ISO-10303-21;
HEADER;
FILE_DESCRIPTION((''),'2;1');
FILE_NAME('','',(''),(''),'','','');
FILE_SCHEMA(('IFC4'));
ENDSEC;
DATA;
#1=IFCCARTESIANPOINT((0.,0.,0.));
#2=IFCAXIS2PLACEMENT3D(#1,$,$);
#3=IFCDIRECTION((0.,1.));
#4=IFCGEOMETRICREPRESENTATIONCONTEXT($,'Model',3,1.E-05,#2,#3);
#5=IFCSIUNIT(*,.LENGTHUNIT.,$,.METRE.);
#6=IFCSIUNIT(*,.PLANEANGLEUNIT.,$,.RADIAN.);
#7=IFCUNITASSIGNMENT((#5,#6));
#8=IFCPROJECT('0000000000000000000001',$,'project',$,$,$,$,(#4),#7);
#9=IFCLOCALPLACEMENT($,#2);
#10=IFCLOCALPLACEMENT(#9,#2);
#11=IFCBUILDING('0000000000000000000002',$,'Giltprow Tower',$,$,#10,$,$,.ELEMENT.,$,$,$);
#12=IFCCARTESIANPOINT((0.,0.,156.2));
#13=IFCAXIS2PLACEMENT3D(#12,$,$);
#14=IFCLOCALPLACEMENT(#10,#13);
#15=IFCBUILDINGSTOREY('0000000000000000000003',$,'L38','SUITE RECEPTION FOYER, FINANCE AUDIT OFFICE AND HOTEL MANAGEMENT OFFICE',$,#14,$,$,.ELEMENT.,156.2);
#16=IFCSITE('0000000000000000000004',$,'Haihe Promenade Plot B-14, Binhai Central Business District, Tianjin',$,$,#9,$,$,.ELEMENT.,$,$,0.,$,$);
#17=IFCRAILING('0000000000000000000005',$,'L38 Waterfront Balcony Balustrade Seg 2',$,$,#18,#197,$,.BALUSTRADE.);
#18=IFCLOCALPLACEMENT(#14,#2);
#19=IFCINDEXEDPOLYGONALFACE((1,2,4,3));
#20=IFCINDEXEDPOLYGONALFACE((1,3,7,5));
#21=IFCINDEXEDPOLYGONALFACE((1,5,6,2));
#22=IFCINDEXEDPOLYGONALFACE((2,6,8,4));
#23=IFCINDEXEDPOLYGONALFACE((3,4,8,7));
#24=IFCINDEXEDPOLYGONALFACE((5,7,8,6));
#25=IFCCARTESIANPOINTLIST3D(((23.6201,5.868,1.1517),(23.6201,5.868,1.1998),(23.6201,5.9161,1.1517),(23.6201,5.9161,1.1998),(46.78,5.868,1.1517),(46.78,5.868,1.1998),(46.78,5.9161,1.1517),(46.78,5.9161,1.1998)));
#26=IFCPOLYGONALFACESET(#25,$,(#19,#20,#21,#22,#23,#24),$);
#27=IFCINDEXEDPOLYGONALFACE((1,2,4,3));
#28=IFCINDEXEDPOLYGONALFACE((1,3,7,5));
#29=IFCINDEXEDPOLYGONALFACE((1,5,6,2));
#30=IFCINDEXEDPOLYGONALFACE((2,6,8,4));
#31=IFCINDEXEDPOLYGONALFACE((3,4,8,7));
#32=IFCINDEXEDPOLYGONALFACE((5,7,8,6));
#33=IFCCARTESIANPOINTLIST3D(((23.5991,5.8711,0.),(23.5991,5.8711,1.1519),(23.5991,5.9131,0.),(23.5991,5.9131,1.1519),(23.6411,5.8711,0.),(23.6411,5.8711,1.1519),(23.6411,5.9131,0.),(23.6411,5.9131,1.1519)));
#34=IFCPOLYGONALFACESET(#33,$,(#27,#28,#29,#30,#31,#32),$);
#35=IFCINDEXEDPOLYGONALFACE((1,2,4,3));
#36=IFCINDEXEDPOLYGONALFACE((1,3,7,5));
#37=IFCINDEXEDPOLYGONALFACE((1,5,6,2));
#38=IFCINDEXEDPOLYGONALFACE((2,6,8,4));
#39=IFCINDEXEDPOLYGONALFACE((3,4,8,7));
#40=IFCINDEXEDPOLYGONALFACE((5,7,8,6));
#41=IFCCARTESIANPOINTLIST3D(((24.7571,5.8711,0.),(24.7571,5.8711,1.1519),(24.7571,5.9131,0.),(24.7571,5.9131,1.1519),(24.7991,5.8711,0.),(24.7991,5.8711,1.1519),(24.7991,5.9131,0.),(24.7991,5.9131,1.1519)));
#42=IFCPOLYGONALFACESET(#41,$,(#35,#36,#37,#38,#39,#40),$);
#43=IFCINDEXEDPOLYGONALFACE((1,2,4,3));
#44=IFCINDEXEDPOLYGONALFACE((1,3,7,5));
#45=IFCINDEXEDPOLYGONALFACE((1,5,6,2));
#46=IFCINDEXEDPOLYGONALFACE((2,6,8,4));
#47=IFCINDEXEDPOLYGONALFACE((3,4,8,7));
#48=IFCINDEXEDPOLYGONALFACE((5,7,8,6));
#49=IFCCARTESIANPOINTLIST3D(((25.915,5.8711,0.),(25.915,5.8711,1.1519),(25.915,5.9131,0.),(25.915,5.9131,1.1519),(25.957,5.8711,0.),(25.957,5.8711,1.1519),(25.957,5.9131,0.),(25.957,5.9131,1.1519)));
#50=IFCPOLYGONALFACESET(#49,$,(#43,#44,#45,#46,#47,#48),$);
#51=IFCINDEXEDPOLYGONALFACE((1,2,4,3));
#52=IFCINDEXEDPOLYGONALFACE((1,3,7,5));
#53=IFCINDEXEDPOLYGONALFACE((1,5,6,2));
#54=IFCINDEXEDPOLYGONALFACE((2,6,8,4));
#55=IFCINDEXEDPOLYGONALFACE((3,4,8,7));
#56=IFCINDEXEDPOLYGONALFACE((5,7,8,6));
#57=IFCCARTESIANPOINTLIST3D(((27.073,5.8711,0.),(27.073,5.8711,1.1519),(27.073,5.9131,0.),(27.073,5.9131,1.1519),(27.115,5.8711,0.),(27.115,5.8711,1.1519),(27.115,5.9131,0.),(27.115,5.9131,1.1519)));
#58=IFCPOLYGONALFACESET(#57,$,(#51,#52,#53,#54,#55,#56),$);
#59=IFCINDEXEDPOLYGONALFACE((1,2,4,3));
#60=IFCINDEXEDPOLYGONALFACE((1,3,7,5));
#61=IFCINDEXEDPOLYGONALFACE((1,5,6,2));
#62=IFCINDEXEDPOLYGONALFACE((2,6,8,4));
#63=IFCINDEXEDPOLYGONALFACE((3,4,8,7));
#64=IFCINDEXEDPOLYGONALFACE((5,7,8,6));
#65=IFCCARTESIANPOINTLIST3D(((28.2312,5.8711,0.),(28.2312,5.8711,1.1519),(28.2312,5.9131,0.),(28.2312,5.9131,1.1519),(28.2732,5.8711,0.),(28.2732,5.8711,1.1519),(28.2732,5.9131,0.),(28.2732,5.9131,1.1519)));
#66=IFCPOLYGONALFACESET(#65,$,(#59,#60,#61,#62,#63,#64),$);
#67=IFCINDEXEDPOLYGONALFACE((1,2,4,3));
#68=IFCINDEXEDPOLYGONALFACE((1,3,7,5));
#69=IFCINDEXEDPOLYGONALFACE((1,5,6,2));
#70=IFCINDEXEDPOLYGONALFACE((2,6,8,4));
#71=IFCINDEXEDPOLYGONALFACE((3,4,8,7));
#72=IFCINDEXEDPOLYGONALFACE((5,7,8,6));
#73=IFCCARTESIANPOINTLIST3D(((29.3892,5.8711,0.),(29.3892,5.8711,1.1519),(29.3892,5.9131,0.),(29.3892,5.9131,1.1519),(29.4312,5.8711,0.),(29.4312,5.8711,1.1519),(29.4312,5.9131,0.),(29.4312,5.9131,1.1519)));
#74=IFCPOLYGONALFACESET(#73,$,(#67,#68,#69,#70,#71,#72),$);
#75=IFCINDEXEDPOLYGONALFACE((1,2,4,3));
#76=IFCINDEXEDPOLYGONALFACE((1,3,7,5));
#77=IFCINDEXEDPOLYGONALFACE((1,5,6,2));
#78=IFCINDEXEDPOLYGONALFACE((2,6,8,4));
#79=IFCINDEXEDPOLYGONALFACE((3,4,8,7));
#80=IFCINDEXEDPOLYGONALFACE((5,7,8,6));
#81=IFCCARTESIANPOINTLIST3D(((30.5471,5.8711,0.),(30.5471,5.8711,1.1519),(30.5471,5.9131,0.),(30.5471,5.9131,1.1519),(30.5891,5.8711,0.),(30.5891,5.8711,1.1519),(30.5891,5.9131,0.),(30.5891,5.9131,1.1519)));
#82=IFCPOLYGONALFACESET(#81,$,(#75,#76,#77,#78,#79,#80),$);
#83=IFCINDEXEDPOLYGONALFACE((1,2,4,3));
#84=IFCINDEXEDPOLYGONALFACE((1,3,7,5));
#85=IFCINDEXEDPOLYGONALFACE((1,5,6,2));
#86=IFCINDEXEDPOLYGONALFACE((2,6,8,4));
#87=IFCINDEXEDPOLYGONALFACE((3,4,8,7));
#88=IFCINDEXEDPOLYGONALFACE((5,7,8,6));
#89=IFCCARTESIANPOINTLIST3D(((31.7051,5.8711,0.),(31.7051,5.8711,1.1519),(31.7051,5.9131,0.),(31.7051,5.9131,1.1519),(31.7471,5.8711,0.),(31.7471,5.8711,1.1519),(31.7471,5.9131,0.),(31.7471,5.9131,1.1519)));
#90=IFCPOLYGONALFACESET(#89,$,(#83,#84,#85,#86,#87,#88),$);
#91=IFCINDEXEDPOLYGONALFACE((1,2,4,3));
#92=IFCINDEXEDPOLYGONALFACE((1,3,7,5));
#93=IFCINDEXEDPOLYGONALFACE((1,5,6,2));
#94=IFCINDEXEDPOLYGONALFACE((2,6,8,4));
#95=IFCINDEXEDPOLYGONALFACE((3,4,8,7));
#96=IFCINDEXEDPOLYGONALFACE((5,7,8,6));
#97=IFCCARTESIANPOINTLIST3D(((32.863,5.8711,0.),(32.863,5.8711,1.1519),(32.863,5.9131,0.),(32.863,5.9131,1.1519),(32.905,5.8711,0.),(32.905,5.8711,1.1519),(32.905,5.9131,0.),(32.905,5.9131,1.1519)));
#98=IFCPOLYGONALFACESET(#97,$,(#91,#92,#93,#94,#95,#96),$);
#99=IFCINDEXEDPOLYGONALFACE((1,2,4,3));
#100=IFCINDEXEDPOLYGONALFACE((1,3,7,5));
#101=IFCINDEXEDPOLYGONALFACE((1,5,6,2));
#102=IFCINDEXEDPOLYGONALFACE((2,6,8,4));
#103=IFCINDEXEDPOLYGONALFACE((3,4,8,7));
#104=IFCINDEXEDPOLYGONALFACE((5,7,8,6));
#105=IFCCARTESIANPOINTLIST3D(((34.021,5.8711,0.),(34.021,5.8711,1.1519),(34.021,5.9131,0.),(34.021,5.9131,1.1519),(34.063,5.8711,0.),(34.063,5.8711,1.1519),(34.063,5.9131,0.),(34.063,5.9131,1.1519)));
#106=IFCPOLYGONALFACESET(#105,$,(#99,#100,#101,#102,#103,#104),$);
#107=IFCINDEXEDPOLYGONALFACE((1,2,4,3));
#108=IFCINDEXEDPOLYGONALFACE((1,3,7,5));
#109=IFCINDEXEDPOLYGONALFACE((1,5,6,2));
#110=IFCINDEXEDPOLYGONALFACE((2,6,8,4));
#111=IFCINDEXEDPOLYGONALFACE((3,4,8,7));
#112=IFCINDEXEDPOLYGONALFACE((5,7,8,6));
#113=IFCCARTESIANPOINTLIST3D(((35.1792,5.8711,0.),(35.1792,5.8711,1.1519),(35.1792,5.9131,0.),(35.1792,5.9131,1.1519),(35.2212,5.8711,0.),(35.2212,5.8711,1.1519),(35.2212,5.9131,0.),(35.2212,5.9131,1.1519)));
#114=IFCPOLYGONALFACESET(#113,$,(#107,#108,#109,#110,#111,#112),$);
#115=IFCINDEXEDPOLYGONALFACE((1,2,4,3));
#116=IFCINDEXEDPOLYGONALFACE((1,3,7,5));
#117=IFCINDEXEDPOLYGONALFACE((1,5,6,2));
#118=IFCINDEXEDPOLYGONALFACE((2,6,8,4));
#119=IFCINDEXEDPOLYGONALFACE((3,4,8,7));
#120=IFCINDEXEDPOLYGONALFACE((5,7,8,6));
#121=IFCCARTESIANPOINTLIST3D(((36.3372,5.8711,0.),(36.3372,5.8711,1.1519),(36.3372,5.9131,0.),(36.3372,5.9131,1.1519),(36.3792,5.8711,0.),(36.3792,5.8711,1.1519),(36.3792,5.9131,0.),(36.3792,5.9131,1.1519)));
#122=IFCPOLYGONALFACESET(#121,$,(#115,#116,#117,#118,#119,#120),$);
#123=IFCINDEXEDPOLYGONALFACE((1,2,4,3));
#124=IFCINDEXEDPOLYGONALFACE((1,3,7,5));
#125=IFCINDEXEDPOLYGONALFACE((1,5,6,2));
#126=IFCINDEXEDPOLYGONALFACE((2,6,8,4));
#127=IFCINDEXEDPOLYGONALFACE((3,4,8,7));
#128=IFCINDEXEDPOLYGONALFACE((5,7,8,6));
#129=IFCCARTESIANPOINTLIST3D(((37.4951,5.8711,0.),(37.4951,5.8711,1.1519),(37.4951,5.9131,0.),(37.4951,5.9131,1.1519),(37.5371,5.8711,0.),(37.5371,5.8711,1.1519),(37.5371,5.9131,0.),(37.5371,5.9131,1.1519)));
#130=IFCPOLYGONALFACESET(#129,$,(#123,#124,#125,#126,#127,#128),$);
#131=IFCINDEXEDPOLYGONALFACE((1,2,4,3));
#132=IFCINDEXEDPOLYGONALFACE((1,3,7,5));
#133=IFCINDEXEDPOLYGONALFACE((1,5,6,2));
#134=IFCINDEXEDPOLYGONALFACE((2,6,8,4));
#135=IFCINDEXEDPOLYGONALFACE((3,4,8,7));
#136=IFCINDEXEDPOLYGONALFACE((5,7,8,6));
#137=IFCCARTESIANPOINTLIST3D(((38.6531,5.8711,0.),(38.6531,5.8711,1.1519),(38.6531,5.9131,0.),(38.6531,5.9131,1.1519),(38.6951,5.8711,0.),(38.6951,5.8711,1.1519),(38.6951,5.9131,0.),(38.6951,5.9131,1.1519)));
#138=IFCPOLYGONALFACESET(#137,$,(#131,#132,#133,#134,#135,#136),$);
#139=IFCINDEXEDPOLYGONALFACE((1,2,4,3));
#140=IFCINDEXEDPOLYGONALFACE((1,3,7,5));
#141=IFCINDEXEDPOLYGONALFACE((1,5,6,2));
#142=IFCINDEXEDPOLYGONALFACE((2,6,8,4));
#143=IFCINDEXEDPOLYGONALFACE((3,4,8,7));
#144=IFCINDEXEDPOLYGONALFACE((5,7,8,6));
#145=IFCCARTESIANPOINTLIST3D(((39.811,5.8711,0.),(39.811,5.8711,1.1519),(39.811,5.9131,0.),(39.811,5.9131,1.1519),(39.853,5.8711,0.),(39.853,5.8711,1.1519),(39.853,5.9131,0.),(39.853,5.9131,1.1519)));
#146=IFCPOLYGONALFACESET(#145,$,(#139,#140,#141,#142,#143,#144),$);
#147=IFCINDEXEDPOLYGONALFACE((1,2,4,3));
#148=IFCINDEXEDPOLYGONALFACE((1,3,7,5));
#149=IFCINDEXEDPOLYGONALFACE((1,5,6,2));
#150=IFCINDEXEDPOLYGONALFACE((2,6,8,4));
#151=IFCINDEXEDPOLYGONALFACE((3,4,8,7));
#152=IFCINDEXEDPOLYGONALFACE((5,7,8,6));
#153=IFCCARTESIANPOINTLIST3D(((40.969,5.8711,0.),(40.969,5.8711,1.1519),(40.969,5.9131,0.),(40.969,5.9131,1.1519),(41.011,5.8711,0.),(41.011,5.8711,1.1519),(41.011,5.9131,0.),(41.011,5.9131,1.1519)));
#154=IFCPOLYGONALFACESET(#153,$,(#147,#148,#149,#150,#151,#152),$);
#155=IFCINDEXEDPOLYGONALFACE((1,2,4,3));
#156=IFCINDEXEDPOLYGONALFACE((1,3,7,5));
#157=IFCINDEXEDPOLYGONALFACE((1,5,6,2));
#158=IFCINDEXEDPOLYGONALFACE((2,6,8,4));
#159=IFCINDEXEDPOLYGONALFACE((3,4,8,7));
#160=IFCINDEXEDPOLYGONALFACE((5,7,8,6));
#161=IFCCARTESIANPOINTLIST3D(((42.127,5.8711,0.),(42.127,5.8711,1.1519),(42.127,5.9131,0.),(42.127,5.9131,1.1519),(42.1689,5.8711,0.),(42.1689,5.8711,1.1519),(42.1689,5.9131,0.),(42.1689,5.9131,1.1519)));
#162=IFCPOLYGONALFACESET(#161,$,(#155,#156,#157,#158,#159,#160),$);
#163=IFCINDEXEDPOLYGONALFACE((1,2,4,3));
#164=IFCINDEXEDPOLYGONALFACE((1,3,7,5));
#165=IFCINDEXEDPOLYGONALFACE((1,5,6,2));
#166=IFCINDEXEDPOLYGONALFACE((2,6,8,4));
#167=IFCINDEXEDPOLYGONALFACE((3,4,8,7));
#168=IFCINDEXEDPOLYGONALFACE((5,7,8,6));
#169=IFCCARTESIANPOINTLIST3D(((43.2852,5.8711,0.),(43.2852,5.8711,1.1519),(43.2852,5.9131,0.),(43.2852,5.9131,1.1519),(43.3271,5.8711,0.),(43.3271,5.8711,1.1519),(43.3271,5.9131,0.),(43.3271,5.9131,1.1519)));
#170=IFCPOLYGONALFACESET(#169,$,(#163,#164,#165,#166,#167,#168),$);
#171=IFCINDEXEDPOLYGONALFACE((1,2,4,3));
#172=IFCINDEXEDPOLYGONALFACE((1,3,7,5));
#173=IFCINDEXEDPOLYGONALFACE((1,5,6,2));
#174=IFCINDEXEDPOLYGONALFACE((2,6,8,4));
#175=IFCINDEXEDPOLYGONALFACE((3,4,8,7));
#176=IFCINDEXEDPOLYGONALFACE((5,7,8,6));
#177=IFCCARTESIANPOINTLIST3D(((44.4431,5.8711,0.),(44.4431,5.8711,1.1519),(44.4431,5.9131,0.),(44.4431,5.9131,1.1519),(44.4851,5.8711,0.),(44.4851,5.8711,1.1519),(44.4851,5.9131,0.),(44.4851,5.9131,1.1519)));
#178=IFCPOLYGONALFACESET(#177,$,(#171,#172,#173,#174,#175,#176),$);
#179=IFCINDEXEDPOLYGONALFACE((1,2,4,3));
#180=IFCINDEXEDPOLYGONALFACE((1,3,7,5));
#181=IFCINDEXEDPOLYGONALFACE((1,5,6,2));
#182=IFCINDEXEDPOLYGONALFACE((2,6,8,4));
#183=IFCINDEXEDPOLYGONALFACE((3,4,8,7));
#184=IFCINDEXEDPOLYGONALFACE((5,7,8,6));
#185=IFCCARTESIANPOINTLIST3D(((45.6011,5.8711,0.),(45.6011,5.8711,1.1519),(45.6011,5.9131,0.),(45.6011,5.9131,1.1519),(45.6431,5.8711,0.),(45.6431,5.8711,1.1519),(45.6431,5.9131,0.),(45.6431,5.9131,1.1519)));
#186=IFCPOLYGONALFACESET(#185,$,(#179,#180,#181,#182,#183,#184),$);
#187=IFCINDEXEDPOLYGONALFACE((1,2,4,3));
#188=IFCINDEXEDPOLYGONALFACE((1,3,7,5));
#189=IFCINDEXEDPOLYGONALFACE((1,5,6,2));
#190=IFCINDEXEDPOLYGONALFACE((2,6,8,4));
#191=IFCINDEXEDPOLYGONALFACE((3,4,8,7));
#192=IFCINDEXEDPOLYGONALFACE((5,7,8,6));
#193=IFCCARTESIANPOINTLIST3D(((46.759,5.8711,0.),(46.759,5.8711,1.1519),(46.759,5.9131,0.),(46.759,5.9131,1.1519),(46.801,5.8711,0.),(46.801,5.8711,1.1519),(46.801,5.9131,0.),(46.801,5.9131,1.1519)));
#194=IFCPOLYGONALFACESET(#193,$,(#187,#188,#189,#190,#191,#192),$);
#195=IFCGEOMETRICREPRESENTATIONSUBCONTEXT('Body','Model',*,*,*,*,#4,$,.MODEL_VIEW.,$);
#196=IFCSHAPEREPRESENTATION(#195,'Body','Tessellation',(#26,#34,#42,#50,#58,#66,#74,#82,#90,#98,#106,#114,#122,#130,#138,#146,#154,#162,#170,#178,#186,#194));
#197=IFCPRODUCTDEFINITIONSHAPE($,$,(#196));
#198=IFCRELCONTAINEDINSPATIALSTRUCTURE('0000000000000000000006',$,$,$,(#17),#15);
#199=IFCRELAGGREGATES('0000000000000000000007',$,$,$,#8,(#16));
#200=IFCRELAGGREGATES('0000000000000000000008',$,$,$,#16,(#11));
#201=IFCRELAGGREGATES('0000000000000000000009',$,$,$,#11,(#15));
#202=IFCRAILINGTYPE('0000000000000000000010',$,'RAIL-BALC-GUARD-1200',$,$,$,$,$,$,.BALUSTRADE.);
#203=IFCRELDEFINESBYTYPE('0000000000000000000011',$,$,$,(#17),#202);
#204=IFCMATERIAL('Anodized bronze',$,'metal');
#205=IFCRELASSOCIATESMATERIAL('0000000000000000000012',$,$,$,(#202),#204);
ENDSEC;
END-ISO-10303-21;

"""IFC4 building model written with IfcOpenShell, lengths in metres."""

from ifc_helpers import new_model, si_unit, direction, frame, origin, origin_2d, place, context, subcontext, project, spatial, rectangle, extrude, material, type_object, element, save


model = new_model("IFC4")

# Units and contexts
model_context = context("Model", 3, precision=1e-05, world=origin(), true_north=direction((0.0, 1.0)))
body_context = subcontext(model_context, "Body", "Model", "MODEL_VIEW")
ifc_project = project(units=[si_unit("LENGTHUNIT", "METRE"), si_unit("PLANEANGLEUNIT", "RADIAN")], contexts=[model_context])

# Site, building, storey
site_placement = place(None, origin())
site = spatial("IfcSite", under=ifc_project, at=site_placement, Name="Haihe Promenade Plot B-14, Binhai Central Business District, Tianjin", CompositionType="ELEMENT", RefElevation=0.0)
building_placement = place(site_placement, origin())
building = spatial("IfcBuilding", under=site, at=building_placement, Name="Giltprow Tower", CompositionType="ELEMENT")
storey_placement = place(building_placement, frame((0.0, 0.0, 156.2)))
storey = spatial("IfcBuildingStorey", under=building, at=storey_placement, Name="L38", Description="SUITE RECEPTION FOYER, FINANCE AUDIT OFFICE AND HOTEL MANAGEMENT OFFICE", CompositionType="ELEMENT", Elevation=156.2)

# Railing
ifc_material_1 = material(Name="Anodized bronze", Category="metal")
railing_type = type_object("IfcRailingType", Name="RAIL-BALC-GUARD-1200", PredefinedType="BALUSTRADE", material=ifc_material_1)
railing_1_placement = place(storey_placement, frame((23.6201, 5.8921, 0.0)))
element("IfcRailing", 1, at=railing_1_placement, inside=storey, type_object=railing_type, Name="L38 Waterfront Balcony Balustrade Seg 2", PredefinedType="BALUSTRADE", context=body_context, shape_type="SweptSolid", body=[
    extrude(rectangle(XDim=0.0481, YDim=0.0481, at=origin_2d()), frame((0.0, 0.0, 1.1758), z_axis=(1.0, 0.0, 0.0), x_axis=(0.0, 1.0, 0.0)), (0.0, 0.0, 1.0), 23.1599),
    extrude(rectangle(XDim=0.042, YDim=0.042, at=origin_2d()), origin(), (0.0, 0.0, 1.0), 1.1519),
    extrude(rectangle(XDim=0.042, YDim=0.042, at=origin_2d()), frame((1.158, 0.0, 0.0)), (0.0, 0.0, 1.0), 1.1519),
    extrude(rectangle(XDim=0.042, YDim=0.042, at=origin_2d()), frame((2.3159, 0.0, 0.0)), (0.0, 0.0, 1.0), 1.1519),
    extrude(rectangle(XDim=0.042, YDim=0.042, at=origin_2d()), frame((3.4739, 0.0, 0.0)), (0.0, 0.0, 1.0), 1.1519),
    extrude(rectangle(XDim=0.042, YDim=0.042, at=origin_2d()), frame((4.6321, 0.0, 0.0)), (0.0, 0.0, 1.0), 1.1519),
    extrude(rectangle(XDim=0.042, YDim=0.042, at=origin_2d()), frame((5.79, 0.0, 0.0)), (0.0, 0.0, 1.0), 1.1519),
    extrude(rectangle(XDim=0.042, YDim=0.042, at=origin_2d()), frame((6.948, 0.0, 0.0)), (0.0, 0.0, 1.0), 1.1519),
    extrude(rectangle(XDim=0.042, YDim=0.042, at=origin_2d()), frame((8.106, 0.0, 0.0)), (0.0, 0.0, 1.0), 1.1519),
    extrude(rectangle(XDim=0.042, YDim=0.042, at=origin_2d()), frame((9.2639, 0.0, 0.0)), (0.0, 0.0, 1.0), 1.1519),
    extrude(rectangle(XDim=0.042, YDim=0.042, at=origin_2d()), frame((10.4219, 0.0, 0.0)), (0.0, 0.0, 1.0), 1.1519),
    extrude(rectangle(XDim=0.042, YDim=0.042, at=origin_2d()), frame((11.5801, 0.0, 0.0)), (0.0, 0.0, 1.0), 1.1519),
    extrude(rectangle(XDim=0.042, YDim=0.042, at=origin_2d()), frame((12.738, 0.0, 0.0)), (0.0, 0.0, 1.0), 1.1519),
    extrude(rectangle(XDim=0.042, YDim=0.042, at=origin_2d()), frame((13.896, 0.0, 0.0)), (0.0, 0.0, 1.0), 1.1519),
    extrude(rectangle(XDim=0.042, YDim=0.042, at=origin_2d()), frame((15.054, 0.0, 0.0)), (0.0, 0.0, 1.0), 1.1519),
    extrude(rectangle(XDim=0.042, YDim=0.042, at=origin_2d()), frame((16.2119, 0.0, 0.0)), (0.0, 0.0, 1.0), 1.1519),
    extrude(rectangle(XDim=0.042, YDim=0.042, at=origin_2d()), frame((17.3699, 0.0, 0.0)), (0.0, 0.0, 1.0), 1.1519),
    extrude(rectangle(XDim=0.042, YDim=0.042, at=origin_2d()), frame((18.5278, 0.0, 0.0)), (0.0, 0.0, 1.0), 1.1519),
    extrude(rectangle(XDim=0.042, YDim=0.042, at=origin_2d()), frame((19.686, 0.0, 0.0)), (0.0, 0.0, 1.0), 1.1519),
    extrude(rectangle(XDim=0.042, YDim=0.042, at=origin_2d()), frame((20.844, 0.0, 0.0)), (0.0, 0.0, 1.0), 1.1519),
    extrude(rectangle(XDim=0.042, YDim=0.042, at=origin_2d()), frame((22.002, 0.0, 0.0)), (0.0, 0.0, 1.0), 1.1519),
    extrude(rectangle(XDim=0.042, YDim=0.042, at=origin_2d()), frame((23.1599, 0.0, 0.0)), (0.0, 0.0, 1.0), 1.1519),
])

save(model, "model.ifc")
